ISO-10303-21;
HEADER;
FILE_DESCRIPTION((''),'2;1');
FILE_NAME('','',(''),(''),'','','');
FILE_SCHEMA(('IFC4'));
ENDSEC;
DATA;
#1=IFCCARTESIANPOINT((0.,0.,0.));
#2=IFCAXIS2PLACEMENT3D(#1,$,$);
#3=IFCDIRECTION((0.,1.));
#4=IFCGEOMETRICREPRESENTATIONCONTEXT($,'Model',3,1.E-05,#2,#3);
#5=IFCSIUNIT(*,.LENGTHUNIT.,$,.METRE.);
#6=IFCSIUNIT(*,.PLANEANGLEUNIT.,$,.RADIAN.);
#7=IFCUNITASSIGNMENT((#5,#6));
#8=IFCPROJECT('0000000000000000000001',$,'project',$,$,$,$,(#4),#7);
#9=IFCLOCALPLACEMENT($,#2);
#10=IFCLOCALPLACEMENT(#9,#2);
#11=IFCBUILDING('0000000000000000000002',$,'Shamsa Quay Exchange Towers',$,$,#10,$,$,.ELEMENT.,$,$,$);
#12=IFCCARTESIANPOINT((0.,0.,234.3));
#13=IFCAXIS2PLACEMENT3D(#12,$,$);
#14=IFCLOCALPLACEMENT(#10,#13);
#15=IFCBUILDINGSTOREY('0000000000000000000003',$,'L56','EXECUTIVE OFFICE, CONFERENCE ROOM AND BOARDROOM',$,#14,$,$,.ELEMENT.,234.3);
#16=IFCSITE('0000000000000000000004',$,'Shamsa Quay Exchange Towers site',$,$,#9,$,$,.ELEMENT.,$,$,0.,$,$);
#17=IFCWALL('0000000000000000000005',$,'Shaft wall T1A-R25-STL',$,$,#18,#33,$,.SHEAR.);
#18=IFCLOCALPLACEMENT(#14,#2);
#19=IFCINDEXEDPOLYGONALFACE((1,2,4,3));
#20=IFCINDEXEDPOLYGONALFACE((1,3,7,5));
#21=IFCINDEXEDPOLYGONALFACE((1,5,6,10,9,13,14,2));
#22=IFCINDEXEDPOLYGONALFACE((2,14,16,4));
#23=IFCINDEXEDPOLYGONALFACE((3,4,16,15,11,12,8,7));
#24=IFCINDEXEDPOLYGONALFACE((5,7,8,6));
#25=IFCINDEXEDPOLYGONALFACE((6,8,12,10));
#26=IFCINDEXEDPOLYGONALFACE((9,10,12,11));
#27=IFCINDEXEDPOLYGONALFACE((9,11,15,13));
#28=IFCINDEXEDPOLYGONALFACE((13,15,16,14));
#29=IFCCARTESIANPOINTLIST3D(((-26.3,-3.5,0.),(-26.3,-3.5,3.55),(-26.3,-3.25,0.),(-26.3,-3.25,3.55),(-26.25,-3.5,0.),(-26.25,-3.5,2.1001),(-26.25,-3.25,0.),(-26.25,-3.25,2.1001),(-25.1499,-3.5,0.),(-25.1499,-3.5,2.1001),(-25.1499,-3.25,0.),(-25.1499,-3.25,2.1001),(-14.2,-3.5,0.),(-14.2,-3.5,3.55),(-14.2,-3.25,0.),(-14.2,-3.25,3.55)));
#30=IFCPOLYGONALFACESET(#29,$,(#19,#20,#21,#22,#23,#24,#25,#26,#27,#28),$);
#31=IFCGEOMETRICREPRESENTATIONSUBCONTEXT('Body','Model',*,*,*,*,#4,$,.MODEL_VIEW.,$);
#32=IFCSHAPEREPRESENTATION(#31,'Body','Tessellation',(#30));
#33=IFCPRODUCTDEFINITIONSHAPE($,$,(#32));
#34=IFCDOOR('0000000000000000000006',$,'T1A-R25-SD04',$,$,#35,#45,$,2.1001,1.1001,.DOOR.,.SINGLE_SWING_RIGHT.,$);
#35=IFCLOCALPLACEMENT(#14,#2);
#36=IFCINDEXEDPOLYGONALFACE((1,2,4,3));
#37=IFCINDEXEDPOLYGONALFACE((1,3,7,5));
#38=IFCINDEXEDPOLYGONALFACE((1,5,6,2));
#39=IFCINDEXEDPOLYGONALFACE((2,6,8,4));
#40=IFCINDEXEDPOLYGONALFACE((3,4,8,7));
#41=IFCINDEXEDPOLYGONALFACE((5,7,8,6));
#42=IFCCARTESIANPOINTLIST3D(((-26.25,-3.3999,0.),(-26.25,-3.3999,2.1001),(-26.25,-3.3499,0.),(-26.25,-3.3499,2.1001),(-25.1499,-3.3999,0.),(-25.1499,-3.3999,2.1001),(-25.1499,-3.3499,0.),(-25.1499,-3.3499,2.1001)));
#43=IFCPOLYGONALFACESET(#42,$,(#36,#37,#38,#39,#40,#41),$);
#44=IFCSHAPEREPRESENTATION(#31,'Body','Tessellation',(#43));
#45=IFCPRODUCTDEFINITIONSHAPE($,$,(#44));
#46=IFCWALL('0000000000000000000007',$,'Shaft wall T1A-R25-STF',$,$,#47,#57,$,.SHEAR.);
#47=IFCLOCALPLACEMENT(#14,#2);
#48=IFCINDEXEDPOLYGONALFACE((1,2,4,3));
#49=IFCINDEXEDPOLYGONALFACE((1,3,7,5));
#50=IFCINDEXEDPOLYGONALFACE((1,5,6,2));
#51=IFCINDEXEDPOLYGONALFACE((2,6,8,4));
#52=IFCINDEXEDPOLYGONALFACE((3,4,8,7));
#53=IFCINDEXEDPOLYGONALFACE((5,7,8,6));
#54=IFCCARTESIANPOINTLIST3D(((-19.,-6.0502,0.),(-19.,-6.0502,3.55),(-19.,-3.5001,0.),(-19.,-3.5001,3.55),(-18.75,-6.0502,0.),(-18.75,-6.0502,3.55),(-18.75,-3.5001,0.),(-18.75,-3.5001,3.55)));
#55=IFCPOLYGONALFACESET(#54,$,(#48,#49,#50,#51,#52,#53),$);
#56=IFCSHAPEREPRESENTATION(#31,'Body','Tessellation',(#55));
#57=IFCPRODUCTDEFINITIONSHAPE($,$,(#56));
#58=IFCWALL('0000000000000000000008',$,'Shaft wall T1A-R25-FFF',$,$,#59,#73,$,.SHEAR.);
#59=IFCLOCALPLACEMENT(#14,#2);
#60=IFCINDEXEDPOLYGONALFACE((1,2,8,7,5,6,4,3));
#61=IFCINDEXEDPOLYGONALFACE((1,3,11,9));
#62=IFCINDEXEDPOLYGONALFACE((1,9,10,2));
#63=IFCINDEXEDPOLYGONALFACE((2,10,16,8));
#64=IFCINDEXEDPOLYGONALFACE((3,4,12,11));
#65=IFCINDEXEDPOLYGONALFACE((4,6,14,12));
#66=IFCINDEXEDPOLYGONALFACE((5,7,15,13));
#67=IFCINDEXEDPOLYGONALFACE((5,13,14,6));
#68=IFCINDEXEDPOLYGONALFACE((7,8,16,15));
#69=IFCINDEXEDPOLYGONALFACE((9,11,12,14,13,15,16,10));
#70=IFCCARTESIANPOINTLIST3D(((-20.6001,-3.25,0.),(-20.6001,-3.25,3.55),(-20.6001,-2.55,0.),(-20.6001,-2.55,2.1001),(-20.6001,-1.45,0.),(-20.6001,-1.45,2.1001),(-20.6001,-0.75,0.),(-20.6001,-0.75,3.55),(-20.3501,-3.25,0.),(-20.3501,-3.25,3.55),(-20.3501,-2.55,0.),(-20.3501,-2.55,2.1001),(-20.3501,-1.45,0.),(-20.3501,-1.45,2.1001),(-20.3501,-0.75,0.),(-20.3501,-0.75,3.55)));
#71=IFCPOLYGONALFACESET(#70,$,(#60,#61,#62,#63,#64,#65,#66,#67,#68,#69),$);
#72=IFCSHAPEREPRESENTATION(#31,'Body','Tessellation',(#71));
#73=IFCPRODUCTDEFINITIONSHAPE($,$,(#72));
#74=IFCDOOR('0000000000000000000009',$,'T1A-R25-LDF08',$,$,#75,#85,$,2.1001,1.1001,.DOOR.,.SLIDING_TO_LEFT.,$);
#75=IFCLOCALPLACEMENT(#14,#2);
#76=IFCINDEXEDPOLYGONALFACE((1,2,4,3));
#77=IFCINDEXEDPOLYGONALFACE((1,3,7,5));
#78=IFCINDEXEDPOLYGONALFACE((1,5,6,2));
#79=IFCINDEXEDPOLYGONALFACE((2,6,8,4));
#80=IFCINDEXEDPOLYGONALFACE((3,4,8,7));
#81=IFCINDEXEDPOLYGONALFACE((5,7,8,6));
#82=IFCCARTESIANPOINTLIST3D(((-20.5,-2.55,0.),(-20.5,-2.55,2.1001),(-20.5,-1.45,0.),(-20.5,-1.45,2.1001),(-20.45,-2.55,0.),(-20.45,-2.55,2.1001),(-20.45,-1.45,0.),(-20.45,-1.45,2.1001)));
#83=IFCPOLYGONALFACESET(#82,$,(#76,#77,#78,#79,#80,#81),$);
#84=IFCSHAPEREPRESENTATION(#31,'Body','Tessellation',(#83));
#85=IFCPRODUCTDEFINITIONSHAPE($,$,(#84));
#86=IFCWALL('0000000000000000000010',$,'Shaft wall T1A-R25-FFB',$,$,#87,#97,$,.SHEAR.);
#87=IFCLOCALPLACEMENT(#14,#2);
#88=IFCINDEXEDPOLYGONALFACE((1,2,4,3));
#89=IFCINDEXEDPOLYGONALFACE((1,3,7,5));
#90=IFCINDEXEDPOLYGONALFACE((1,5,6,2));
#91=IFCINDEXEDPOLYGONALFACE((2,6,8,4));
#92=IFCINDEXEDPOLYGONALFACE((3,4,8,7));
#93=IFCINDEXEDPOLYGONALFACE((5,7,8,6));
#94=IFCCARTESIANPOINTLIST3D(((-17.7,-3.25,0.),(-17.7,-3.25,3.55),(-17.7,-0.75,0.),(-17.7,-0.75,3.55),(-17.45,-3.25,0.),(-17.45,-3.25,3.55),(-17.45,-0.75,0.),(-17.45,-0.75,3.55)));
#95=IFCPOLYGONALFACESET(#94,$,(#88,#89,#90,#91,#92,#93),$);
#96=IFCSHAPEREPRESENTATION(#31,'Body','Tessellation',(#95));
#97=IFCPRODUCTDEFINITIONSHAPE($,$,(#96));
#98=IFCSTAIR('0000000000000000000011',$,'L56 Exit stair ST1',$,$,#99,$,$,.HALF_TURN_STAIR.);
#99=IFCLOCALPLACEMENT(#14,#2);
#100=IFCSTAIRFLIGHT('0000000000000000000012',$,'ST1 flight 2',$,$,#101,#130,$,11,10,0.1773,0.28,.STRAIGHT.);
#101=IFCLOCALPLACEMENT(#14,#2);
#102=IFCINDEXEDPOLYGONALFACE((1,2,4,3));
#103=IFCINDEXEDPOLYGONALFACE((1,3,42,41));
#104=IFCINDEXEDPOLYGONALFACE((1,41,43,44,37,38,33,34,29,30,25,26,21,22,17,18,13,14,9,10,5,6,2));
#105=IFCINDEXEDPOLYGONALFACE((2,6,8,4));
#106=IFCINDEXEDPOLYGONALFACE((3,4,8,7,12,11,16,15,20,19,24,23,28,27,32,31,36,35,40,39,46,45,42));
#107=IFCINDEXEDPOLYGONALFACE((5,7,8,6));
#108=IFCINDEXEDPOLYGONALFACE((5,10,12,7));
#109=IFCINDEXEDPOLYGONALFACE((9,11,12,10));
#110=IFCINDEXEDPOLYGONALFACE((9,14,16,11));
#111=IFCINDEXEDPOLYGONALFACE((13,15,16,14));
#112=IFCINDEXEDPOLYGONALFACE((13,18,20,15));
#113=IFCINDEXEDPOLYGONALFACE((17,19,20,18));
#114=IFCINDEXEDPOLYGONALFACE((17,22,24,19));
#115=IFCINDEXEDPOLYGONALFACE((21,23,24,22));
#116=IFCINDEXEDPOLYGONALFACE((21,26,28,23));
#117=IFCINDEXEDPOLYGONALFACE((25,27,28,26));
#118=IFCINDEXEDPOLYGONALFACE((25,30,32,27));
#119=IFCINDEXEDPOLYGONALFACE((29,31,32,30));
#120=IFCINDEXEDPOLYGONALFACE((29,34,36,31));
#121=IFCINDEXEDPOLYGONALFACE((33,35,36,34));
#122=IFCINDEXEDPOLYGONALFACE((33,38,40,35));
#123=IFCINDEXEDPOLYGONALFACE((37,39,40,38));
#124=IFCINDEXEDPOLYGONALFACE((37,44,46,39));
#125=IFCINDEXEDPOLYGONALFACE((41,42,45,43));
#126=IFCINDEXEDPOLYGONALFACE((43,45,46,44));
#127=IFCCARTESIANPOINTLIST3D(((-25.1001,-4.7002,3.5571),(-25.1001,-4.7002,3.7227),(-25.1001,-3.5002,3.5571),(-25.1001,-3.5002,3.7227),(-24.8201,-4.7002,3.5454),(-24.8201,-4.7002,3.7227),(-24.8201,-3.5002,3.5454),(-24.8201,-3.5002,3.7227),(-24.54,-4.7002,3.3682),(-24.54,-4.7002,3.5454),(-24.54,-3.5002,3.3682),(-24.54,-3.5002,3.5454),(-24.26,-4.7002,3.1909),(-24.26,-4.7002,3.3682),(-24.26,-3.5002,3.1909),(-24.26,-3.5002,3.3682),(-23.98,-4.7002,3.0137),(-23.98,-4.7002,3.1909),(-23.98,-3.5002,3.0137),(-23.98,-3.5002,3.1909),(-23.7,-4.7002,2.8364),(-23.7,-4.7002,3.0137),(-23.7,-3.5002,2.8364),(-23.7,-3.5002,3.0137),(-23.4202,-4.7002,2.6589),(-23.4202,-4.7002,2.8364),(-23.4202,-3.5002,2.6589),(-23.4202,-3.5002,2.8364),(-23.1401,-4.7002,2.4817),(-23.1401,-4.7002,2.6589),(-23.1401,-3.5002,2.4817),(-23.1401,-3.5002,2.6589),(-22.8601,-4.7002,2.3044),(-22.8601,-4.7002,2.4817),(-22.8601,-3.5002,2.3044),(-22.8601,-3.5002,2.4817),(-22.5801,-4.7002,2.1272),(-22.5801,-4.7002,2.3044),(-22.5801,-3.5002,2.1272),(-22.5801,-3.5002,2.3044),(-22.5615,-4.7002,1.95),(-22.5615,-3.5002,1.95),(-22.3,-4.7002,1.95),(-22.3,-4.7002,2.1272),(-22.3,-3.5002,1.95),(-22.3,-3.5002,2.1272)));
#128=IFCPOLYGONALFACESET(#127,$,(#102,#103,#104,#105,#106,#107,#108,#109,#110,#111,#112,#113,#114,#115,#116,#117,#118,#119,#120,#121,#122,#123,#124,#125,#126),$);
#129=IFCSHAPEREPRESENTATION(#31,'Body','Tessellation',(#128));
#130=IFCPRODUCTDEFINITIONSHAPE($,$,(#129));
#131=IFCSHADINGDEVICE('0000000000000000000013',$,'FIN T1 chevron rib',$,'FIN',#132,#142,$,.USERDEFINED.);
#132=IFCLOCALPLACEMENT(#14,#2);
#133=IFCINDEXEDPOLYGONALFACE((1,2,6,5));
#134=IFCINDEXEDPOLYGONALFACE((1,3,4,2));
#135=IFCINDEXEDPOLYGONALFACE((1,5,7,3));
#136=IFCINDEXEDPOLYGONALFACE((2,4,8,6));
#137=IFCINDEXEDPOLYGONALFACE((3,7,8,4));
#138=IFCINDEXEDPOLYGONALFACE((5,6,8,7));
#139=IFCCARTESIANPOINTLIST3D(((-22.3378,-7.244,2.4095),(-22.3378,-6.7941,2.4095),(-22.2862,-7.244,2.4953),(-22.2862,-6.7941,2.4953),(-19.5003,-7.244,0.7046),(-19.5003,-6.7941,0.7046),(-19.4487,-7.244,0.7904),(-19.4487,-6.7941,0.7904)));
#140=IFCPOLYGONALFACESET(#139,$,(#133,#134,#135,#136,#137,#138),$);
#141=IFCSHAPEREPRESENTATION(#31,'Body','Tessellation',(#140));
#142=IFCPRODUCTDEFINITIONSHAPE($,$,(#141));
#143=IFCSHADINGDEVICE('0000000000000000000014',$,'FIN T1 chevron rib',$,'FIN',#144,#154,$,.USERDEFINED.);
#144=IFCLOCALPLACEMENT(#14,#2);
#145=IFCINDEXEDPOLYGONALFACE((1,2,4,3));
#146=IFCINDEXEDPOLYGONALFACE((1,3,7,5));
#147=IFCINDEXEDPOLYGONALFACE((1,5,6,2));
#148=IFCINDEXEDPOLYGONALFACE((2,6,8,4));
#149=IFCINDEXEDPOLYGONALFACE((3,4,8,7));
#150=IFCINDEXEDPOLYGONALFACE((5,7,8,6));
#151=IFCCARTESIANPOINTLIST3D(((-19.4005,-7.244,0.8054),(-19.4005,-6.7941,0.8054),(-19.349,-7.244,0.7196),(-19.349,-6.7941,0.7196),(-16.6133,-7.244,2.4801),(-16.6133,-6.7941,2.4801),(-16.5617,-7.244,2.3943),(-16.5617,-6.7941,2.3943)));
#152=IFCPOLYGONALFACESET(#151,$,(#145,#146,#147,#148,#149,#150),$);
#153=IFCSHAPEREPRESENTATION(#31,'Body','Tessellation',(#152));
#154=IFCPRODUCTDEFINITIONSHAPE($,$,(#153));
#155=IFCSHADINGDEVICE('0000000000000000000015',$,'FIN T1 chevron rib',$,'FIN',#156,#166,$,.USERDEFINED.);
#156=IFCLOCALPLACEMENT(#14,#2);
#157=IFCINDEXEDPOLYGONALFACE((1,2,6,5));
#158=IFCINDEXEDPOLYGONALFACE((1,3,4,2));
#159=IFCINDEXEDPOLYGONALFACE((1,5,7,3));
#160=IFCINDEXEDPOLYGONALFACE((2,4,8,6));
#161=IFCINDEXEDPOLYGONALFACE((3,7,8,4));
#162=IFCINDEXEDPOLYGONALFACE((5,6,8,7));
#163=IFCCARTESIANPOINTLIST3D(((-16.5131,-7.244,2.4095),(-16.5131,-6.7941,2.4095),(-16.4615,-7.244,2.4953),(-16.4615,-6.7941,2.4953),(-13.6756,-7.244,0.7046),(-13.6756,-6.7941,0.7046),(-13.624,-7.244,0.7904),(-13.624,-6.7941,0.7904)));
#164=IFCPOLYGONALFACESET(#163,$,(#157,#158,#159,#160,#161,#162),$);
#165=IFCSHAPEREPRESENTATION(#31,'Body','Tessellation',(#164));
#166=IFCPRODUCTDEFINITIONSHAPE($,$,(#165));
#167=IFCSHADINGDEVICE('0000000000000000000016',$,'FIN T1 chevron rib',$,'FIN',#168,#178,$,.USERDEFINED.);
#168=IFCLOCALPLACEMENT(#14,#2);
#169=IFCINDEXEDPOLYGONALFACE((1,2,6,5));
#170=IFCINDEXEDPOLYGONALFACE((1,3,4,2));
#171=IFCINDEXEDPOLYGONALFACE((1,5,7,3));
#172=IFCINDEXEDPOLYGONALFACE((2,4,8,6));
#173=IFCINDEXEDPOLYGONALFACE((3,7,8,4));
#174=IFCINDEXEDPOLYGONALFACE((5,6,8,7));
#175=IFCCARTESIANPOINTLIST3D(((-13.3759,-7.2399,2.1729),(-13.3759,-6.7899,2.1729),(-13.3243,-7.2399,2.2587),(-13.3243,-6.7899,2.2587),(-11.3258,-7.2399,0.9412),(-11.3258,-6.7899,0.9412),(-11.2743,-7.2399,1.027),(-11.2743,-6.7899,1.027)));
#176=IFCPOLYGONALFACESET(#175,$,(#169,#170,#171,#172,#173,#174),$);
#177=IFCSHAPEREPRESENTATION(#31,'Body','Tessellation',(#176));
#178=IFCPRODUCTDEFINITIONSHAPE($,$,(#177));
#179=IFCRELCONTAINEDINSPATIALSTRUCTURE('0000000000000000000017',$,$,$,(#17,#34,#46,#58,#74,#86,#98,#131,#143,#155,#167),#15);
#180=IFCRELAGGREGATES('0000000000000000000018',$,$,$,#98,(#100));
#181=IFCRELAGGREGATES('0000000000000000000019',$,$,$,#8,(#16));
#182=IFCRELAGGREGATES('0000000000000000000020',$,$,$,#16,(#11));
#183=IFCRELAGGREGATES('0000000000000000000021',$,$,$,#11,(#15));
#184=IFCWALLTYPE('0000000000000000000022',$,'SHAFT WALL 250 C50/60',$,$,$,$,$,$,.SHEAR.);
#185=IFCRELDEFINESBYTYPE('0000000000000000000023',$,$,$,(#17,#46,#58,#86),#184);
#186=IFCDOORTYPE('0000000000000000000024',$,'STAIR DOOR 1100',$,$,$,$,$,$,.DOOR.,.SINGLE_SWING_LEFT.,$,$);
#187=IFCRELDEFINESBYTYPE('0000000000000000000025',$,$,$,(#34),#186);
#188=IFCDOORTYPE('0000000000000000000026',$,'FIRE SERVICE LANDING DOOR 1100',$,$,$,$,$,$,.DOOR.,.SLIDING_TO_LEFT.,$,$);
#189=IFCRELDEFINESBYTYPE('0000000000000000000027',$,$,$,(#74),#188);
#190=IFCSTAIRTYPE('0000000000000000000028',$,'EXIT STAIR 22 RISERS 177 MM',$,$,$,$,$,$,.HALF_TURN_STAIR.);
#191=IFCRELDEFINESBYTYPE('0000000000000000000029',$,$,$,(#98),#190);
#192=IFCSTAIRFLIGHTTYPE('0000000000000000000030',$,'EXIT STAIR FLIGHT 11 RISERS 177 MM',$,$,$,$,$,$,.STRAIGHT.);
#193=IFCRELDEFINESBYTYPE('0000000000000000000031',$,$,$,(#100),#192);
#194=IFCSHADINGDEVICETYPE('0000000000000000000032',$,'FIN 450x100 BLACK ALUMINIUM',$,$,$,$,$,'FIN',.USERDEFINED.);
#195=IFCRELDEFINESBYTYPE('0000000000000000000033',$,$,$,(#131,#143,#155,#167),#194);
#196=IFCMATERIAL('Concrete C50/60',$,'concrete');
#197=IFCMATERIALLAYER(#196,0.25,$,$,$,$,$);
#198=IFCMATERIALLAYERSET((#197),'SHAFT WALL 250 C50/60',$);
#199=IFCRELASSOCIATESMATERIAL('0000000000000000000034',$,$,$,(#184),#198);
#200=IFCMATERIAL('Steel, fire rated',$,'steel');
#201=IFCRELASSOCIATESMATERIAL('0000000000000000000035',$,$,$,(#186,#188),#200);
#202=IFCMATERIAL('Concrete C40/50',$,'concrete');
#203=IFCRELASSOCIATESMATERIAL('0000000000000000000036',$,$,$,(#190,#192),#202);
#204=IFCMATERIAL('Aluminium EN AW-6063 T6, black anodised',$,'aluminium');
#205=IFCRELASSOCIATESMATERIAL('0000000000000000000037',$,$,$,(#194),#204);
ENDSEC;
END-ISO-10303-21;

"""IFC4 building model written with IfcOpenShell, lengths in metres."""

from ifc_helpers import new_model, si_unit, direction, frame, frame_2d, origin, origin_2d, place, context, subcontext, project, spatial, polyline, rectangle, outline, extrude, material, layer, layer_set, material_profile, profile_set, type_object, element, fill, aggregate, save


model = new_model("IFC4")

# Units and contexts
model_context = context("Model", 3, precision=1e-05, world=origin(), true_north=direction((0.0, 1.0)))
body_context = subcontext(model_context, "Body", "Model", "MODEL_VIEW")
ifc_project = project(units=[si_unit("LENGTHUNIT", "METRE"), si_unit("PLANEANGLEUNIT", "RADIAN")], contexts=[model_context])

# Site, building, storey
site_placement = place(None, origin())
site = spatial("IfcSite", under=ifc_project, at=site_placement, Name="Shamsa Quay Exchange Towers site", CompositionType="ELEMENT", RefElevation=0.0)
building_placement = place(site_placement, origin())
building = spatial("IfcBuilding", under=site, at=building_placement, Name="Shamsa Quay Exchange Towers", CompositionType="ELEMENT")
storey_placement = place(building_placement, frame((0.0, 0.0, 234.3)))
storey = spatial("IfcBuildingStorey", under=building, at=storey_placement, Name="L56", Description="EXECUTIVE OFFICE, CONFERENCE ROOM AND BOARDROOM", CompositionType="ELEMENT", Elevation=234.3)

# Shared definitions
ifc_material_1 = material(Name="Aluminium EN AW-6063 T6, black anodised", Category="aluminium")

# Wall, opening, door
ifc_material_2 = material(Name="Concrete C50/60", Category="concrete")
ifc_layer_1 = layer(ifc_material_2, 0.25)
ifc_layer_set_1 = layer_set([ifc_layer_1], Name="SHAFT WALL 250 C50/60")
wall_type_1 = type_object("IfcWallType", Name="SHAFT WALL 250 C50/60", PredefinedType="SHEAR", material=ifc_layer_set_1)
wall_1_placement = place(storey_placement, frame((-14.2, -3.375, 0.0), z_axis=(0.0, 0.0, 1.0), x_axis=(-1.0, 0.0, 0.0)))
wall_1 = element("IfcWall", 1, at=wall_1_placement, inside=storey, type_object=wall_type_1, Name="Shaft wall T1A-R25-STL", PredefinedType="SHEAR", context=body_context, shape_type="SweptSolid", body=[
    extrude(rectangle(XDim=12.1001, YDim=0.25, at=frame_2d((6.05, 0.0))), origin(), (0.0, 0.0, 1.0), 3.55),
])
opening_1_placement = place(wall_1_placement, frame((10.95, 0.0, 0.0)))
opening_1 = element("IfcOpeningElement", 2, at=opening_1_placement, cuts=wall_1, PredefinedType="OPENING", context=body_context, shape_type="SweptSolid", body=[
    extrude(rectangle(XDim=1.1001, YDim=2.1001, at=frame_2d((0.55, 1.05))), frame((0.0, 0.135, 0.0), z_axis=(0.0, -1.0, 0.0), x_axis=(1.0, 0.0, 0.0)), (0.0, 0.0, 1.0), 0.27),
])
ifc_material_3 = material(Name="Steel, fire rated", Category="steel")
door_type_1 = type_object("IfcDoorType", Name="STAIR DOOR 1100", OperationType="SINGLE_SWING_LEFT", PredefinedType="DOOR", material=ifc_material_3)
door_1_placement = place(opening_1_placement, origin())
door_1 = element("IfcDoor", 3, at=door_1_placement, inside=storey, type_object=door_type_1, Name="T1A-R25-SD04", OperationType="SINGLE_SWING_RIGHT", OverallHeight=2.1001, OverallWidth=1.1001, PredefinedType="DOOR", context=body_context, shape_type="SweptSolid", body=[
    extrude(rectangle(XDim=1.1001, YDim=2.1001, at=frame_2d((0.55, 1.05))), frame((0.0, 0.0249, 0.0), z_axis=(0.0, -1.0, 0.0), x_axis=(1.0, 0.0, 0.0)), (0.0, 0.0, 1.0), 0.05),
])
fill(opening_1, door_1)

# Wall
wall_2_placement = place(storey_placement, frame((-18.875, -6.05, 0.0), z_axis=(0.0, 0.0, 1.0), x_axis=(0.0, 1.0, 0.0)))
element("IfcWall", 4, at=wall_2_placement, inside=storey, type_object=wall_type_1, Name="Shaft wall T1A-R25-STF", PredefinedType="SHEAR", context=body_context, shape_type="SweptSolid", body=[
    extrude(rectangle(XDim=2.55, YDim=0.25, at=frame_2d((1.2749, 0.0))), origin(), (0.0, 0.0, 1.0), 3.55),
])

# Wall, opening, door
wall_3_placement = place(storey_placement, frame((-20.4751, -3.25, 0.0), z_axis=(0.0, 0.0, 1.0), x_axis=(0.0, 1.0, 0.0)))
wall_3 = element("IfcWall", 5, at=wall_3_placement, inside=storey, type_object=wall_type_1, Name="Shaft wall T1A-R25-FFF", PredefinedType="SHEAR", context=body_context, shape_type="SweptSolid", body=[
    extrude(rectangle(XDim=2.5, YDim=0.25, at=frame_2d((1.25, 0.0))), origin(), (0.0, 0.0, 1.0), 3.55),
])
opening_2_placement = place(wall_3_placement, frame((0.7, 0.0, 0.0)))
opening_2 = element("IfcOpeningElement", 6, at=opening_2_placement, cuts=wall_3, PredefinedType="OPENING", context=body_context, shape_type="SweptSolid", body=[
    extrude(rectangle(XDim=1.1001, YDim=2.1001, at=frame_2d((0.55, 1.05))), frame((0.0, 0.135, 0.0), z_axis=(0.0, -1.0, 0.0), x_axis=(1.0, 0.0, 0.0)), (0.0, 0.0, 1.0), 0.27),
])
door_type_2 = type_object("IfcDoorType", Name="FIRE SERVICE LANDING DOOR 1100", OperationType="SLIDING_TO_LEFT", PredefinedType="DOOR", material=ifc_material_3)
door_2_placement = place(opening_2_placement, origin())
door_2 = element("IfcDoor", 7, at=door_2_placement, inside=storey, type_object=door_type_2, Name="T1A-R25-LDF08", OperationType="SLIDING_TO_LEFT", OverallHeight=2.1001, OverallWidth=1.1001, PredefinedType="DOOR", context=body_context, shape_type="SweptSolid", body=[
    extrude(rectangle(XDim=1.1001, YDim=2.1001, at=frame_2d((0.55, 1.05))), frame((0.0, 0.0249, 0.0), z_axis=(0.0, -1.0, 0.0), x_axis=(1.0, 0.0, 0.0)), (0.0, 0.0, 1.0), 0.05),
])
fill(opening_2, door_2)

# Wall
wall_4_placement = place(storey_placement, frame((-17.575, -3.25, 0.0), z_axis=(0.0, 0.0, 1.0), x_axis=(0.0, 1.0, 0.0)))
element("IfcWall", 8, at=wall_4_placement, inside=storey, type_object=wall_type_1, Name="Shaft wall T1A-R25-FFB", PredefinedType="SHEAR", context=body_context, shape_type="SweptSolid", body=[
    extrude(rectangle(XDim=2.5, YDim=0.25, at=frame_2d((1.25, 0.0))), origin(), (0.0, 0.0, 1.0), 3.55),
])

# Stair, stair flight
ifc_material_4 = material(Name="Concrete C40/50", Category="concrete")
stair_type = type_object("IfcStairType", Name="EXIT STAIR 22 RISERS 177 MM", PredefinedType="HALF_TURN_STAIR", material=ifc_material_4)
stair_placement = place(storey_placement, origin())
stair = element("IfcStair", 9, at=stair_placement, inside=storey, type_object=stair_type, Name="L56 Exit stair ST1", PredefinedType="HALF_TURN_STAIR")
stair_flight_type = type_object("IfcStairFlightType", Name="EXIT STAIR FLIGHT 11 RISERS 177 MM", PredefinedType="STRAIGHT", material=ifc_material_4)
stair_flight_placement = place(storey_placement, frame((-22.3, -4.1001, 1.95), z_axis=(0.0, 0.0, 1.0), x_axis=(-1.0, 0.0, 0.0)))
stair_flight = element("IfcStairFlight", 10, at=stair_flight_placement, type_object=stair_flight_type, Name="ST1 flight 2", NumberOfRisers=11, NumberOfTreads=10, PredefinedType="STRAIGHT", RiserHeight=0.1773, TreadLength=0.28, context=body_context, shape_type="SweptSolid", body=[
    extrude(outline(polyline([(0.0, 0.0), (0.0, 0.1772), (0.28, 0.1772), (0.28, 0.3545), (0.5601, 0.3545), (0.5601, 0.5317), (0.8401, 0.5317), (0.8401, 0.709), (1.1201, 0.709), (1.1201, 0.8865), (1.3999, 0.8865), (1.3999, 1.0637), (1.6799, 1.0637), (1.6799, 1.241), (1.96, 1.241), (1.96, 1.4182), (2.24, 1.4182), (2.24, 1.5955), (2.52, 1.5955), (2.52, 1.7727), (2.8, 1.7727), (2.8, 1.95), (2.8, 1.6072), (0.2615, 0.0), (0.0, 0.0)])), frame((0.0, 0.6001, 0.0), z_axis=(0.0, -1.0, 0.0), x_axis=(1.0, 0.0, 0.0)), (0.0, 0.0, 1.0), 1.2),
])
aggregate(stair, [stair_flight])

# Shading devices
ifc_material_profile_1 = material_profile(ifc_material_1, rectangle(XDim=0.45, YDim=0.1001, at=origin_2d()), Name="FIN450x100")
ifc_profile_set_1 = profile_set([ifc_material_profile_1], Name="Aluminium EN AW-6063 T6, black anodised")
shading_device_type = type_object("IfcShadingDeviceType", Name="FIN 450x100 BLACK ALUMINIUM", ElementType="FIN", PredefinedType="USERDEFINED", material=ifc_profile_set_1)
shading_device_1_placement = place(storey_placement, frame((-22.312, -7.019, 2.4524), z_axis=(0.857174, 0.0, -0.515027), x_axis=(0.0, 1.0, 0.0)))
element("IfcShadingDevice", 11, at=shading_device_1_placement, inside=storey, type_object=shading_device_type, Name="FIN T1 chevron rib", ObjectType="FIN", PredefinedType="USERDEFINED", context=body_context, shape_type="SweptSolid", body=[
    extrude(rectangle(XDim=0.45, YDim=0.1001, at=origin_2d()), origin(), (0.0, 0.0, 1.0), 3.3103),
])
shading_device_2_placement = place(storey_placement, frame((-19.3748, -7.019, 0.7625), z_axis=(0.857168, 0.0, 0.515037), x_axis=(0.0, 1.0, 0.0)))
element("IfcShadingDevice", 12, at=shading_device_2_placement, inside=storey, type_object=shading_device_type, Name="FIN T1 chevron rib", ObjectType="FIN", PredefinedType="USERDEFINED", context=body_context, shape_type="SweptSolid", body=[
    extrude(rectangle(XDim=0.45, YDim=0.1001, at=origin_2d()), origin(), (0.0, 0.0, 1.0), 3.2517),
])
shading_device_3_placement = place(storey_placement, frame((-16.4873, -7.019, 2.4524), z_axis=(0.857174, 0.0, -0.515027), x_axis=(0.0, 1.0, 0.0)))
element("IfcShadingDevice", 13, at=shading_device_3_placement, inside=storey, type_object=shading_device_type, Name="FIN T1 chevron rib", ObjectType="FIN", PredefinedType="USERDEFINED", context=body_context, shape_type="SweptSolid", body=[
    extrude(rectangle(XDim=0.45, YDim=0.1001, at=origin_2d()), origin(), (0.0, 0.0, 1.0), 3.3103),
])
for number, where, z_axis, x_axis, name in (
    (14, (-13.3501, -7.0149, 2.2158), (0.857187, 0.0, -0.515006), (0.0, 1.0, 0.0), "FIN T1 chevron rib"),
):
    element("IfcShadingDevice", number, at=place(storey_placement, frame(where, z_axis=z_axis, x_axis=x_axis)), inside=storey, type_object=shading_device_type, Name=name, ObjectType="FIN", PredefinedType="USERDEFINED", context=body_context, shape_type="SweptSolid", body=[
        extrude(rectangle(XDim=0.45, YDim=0.1001, at=origin_2d()), origin(), (0.0, 0.0, 1.0), 2.3916),
    ])

save(model, "model.ifc")
